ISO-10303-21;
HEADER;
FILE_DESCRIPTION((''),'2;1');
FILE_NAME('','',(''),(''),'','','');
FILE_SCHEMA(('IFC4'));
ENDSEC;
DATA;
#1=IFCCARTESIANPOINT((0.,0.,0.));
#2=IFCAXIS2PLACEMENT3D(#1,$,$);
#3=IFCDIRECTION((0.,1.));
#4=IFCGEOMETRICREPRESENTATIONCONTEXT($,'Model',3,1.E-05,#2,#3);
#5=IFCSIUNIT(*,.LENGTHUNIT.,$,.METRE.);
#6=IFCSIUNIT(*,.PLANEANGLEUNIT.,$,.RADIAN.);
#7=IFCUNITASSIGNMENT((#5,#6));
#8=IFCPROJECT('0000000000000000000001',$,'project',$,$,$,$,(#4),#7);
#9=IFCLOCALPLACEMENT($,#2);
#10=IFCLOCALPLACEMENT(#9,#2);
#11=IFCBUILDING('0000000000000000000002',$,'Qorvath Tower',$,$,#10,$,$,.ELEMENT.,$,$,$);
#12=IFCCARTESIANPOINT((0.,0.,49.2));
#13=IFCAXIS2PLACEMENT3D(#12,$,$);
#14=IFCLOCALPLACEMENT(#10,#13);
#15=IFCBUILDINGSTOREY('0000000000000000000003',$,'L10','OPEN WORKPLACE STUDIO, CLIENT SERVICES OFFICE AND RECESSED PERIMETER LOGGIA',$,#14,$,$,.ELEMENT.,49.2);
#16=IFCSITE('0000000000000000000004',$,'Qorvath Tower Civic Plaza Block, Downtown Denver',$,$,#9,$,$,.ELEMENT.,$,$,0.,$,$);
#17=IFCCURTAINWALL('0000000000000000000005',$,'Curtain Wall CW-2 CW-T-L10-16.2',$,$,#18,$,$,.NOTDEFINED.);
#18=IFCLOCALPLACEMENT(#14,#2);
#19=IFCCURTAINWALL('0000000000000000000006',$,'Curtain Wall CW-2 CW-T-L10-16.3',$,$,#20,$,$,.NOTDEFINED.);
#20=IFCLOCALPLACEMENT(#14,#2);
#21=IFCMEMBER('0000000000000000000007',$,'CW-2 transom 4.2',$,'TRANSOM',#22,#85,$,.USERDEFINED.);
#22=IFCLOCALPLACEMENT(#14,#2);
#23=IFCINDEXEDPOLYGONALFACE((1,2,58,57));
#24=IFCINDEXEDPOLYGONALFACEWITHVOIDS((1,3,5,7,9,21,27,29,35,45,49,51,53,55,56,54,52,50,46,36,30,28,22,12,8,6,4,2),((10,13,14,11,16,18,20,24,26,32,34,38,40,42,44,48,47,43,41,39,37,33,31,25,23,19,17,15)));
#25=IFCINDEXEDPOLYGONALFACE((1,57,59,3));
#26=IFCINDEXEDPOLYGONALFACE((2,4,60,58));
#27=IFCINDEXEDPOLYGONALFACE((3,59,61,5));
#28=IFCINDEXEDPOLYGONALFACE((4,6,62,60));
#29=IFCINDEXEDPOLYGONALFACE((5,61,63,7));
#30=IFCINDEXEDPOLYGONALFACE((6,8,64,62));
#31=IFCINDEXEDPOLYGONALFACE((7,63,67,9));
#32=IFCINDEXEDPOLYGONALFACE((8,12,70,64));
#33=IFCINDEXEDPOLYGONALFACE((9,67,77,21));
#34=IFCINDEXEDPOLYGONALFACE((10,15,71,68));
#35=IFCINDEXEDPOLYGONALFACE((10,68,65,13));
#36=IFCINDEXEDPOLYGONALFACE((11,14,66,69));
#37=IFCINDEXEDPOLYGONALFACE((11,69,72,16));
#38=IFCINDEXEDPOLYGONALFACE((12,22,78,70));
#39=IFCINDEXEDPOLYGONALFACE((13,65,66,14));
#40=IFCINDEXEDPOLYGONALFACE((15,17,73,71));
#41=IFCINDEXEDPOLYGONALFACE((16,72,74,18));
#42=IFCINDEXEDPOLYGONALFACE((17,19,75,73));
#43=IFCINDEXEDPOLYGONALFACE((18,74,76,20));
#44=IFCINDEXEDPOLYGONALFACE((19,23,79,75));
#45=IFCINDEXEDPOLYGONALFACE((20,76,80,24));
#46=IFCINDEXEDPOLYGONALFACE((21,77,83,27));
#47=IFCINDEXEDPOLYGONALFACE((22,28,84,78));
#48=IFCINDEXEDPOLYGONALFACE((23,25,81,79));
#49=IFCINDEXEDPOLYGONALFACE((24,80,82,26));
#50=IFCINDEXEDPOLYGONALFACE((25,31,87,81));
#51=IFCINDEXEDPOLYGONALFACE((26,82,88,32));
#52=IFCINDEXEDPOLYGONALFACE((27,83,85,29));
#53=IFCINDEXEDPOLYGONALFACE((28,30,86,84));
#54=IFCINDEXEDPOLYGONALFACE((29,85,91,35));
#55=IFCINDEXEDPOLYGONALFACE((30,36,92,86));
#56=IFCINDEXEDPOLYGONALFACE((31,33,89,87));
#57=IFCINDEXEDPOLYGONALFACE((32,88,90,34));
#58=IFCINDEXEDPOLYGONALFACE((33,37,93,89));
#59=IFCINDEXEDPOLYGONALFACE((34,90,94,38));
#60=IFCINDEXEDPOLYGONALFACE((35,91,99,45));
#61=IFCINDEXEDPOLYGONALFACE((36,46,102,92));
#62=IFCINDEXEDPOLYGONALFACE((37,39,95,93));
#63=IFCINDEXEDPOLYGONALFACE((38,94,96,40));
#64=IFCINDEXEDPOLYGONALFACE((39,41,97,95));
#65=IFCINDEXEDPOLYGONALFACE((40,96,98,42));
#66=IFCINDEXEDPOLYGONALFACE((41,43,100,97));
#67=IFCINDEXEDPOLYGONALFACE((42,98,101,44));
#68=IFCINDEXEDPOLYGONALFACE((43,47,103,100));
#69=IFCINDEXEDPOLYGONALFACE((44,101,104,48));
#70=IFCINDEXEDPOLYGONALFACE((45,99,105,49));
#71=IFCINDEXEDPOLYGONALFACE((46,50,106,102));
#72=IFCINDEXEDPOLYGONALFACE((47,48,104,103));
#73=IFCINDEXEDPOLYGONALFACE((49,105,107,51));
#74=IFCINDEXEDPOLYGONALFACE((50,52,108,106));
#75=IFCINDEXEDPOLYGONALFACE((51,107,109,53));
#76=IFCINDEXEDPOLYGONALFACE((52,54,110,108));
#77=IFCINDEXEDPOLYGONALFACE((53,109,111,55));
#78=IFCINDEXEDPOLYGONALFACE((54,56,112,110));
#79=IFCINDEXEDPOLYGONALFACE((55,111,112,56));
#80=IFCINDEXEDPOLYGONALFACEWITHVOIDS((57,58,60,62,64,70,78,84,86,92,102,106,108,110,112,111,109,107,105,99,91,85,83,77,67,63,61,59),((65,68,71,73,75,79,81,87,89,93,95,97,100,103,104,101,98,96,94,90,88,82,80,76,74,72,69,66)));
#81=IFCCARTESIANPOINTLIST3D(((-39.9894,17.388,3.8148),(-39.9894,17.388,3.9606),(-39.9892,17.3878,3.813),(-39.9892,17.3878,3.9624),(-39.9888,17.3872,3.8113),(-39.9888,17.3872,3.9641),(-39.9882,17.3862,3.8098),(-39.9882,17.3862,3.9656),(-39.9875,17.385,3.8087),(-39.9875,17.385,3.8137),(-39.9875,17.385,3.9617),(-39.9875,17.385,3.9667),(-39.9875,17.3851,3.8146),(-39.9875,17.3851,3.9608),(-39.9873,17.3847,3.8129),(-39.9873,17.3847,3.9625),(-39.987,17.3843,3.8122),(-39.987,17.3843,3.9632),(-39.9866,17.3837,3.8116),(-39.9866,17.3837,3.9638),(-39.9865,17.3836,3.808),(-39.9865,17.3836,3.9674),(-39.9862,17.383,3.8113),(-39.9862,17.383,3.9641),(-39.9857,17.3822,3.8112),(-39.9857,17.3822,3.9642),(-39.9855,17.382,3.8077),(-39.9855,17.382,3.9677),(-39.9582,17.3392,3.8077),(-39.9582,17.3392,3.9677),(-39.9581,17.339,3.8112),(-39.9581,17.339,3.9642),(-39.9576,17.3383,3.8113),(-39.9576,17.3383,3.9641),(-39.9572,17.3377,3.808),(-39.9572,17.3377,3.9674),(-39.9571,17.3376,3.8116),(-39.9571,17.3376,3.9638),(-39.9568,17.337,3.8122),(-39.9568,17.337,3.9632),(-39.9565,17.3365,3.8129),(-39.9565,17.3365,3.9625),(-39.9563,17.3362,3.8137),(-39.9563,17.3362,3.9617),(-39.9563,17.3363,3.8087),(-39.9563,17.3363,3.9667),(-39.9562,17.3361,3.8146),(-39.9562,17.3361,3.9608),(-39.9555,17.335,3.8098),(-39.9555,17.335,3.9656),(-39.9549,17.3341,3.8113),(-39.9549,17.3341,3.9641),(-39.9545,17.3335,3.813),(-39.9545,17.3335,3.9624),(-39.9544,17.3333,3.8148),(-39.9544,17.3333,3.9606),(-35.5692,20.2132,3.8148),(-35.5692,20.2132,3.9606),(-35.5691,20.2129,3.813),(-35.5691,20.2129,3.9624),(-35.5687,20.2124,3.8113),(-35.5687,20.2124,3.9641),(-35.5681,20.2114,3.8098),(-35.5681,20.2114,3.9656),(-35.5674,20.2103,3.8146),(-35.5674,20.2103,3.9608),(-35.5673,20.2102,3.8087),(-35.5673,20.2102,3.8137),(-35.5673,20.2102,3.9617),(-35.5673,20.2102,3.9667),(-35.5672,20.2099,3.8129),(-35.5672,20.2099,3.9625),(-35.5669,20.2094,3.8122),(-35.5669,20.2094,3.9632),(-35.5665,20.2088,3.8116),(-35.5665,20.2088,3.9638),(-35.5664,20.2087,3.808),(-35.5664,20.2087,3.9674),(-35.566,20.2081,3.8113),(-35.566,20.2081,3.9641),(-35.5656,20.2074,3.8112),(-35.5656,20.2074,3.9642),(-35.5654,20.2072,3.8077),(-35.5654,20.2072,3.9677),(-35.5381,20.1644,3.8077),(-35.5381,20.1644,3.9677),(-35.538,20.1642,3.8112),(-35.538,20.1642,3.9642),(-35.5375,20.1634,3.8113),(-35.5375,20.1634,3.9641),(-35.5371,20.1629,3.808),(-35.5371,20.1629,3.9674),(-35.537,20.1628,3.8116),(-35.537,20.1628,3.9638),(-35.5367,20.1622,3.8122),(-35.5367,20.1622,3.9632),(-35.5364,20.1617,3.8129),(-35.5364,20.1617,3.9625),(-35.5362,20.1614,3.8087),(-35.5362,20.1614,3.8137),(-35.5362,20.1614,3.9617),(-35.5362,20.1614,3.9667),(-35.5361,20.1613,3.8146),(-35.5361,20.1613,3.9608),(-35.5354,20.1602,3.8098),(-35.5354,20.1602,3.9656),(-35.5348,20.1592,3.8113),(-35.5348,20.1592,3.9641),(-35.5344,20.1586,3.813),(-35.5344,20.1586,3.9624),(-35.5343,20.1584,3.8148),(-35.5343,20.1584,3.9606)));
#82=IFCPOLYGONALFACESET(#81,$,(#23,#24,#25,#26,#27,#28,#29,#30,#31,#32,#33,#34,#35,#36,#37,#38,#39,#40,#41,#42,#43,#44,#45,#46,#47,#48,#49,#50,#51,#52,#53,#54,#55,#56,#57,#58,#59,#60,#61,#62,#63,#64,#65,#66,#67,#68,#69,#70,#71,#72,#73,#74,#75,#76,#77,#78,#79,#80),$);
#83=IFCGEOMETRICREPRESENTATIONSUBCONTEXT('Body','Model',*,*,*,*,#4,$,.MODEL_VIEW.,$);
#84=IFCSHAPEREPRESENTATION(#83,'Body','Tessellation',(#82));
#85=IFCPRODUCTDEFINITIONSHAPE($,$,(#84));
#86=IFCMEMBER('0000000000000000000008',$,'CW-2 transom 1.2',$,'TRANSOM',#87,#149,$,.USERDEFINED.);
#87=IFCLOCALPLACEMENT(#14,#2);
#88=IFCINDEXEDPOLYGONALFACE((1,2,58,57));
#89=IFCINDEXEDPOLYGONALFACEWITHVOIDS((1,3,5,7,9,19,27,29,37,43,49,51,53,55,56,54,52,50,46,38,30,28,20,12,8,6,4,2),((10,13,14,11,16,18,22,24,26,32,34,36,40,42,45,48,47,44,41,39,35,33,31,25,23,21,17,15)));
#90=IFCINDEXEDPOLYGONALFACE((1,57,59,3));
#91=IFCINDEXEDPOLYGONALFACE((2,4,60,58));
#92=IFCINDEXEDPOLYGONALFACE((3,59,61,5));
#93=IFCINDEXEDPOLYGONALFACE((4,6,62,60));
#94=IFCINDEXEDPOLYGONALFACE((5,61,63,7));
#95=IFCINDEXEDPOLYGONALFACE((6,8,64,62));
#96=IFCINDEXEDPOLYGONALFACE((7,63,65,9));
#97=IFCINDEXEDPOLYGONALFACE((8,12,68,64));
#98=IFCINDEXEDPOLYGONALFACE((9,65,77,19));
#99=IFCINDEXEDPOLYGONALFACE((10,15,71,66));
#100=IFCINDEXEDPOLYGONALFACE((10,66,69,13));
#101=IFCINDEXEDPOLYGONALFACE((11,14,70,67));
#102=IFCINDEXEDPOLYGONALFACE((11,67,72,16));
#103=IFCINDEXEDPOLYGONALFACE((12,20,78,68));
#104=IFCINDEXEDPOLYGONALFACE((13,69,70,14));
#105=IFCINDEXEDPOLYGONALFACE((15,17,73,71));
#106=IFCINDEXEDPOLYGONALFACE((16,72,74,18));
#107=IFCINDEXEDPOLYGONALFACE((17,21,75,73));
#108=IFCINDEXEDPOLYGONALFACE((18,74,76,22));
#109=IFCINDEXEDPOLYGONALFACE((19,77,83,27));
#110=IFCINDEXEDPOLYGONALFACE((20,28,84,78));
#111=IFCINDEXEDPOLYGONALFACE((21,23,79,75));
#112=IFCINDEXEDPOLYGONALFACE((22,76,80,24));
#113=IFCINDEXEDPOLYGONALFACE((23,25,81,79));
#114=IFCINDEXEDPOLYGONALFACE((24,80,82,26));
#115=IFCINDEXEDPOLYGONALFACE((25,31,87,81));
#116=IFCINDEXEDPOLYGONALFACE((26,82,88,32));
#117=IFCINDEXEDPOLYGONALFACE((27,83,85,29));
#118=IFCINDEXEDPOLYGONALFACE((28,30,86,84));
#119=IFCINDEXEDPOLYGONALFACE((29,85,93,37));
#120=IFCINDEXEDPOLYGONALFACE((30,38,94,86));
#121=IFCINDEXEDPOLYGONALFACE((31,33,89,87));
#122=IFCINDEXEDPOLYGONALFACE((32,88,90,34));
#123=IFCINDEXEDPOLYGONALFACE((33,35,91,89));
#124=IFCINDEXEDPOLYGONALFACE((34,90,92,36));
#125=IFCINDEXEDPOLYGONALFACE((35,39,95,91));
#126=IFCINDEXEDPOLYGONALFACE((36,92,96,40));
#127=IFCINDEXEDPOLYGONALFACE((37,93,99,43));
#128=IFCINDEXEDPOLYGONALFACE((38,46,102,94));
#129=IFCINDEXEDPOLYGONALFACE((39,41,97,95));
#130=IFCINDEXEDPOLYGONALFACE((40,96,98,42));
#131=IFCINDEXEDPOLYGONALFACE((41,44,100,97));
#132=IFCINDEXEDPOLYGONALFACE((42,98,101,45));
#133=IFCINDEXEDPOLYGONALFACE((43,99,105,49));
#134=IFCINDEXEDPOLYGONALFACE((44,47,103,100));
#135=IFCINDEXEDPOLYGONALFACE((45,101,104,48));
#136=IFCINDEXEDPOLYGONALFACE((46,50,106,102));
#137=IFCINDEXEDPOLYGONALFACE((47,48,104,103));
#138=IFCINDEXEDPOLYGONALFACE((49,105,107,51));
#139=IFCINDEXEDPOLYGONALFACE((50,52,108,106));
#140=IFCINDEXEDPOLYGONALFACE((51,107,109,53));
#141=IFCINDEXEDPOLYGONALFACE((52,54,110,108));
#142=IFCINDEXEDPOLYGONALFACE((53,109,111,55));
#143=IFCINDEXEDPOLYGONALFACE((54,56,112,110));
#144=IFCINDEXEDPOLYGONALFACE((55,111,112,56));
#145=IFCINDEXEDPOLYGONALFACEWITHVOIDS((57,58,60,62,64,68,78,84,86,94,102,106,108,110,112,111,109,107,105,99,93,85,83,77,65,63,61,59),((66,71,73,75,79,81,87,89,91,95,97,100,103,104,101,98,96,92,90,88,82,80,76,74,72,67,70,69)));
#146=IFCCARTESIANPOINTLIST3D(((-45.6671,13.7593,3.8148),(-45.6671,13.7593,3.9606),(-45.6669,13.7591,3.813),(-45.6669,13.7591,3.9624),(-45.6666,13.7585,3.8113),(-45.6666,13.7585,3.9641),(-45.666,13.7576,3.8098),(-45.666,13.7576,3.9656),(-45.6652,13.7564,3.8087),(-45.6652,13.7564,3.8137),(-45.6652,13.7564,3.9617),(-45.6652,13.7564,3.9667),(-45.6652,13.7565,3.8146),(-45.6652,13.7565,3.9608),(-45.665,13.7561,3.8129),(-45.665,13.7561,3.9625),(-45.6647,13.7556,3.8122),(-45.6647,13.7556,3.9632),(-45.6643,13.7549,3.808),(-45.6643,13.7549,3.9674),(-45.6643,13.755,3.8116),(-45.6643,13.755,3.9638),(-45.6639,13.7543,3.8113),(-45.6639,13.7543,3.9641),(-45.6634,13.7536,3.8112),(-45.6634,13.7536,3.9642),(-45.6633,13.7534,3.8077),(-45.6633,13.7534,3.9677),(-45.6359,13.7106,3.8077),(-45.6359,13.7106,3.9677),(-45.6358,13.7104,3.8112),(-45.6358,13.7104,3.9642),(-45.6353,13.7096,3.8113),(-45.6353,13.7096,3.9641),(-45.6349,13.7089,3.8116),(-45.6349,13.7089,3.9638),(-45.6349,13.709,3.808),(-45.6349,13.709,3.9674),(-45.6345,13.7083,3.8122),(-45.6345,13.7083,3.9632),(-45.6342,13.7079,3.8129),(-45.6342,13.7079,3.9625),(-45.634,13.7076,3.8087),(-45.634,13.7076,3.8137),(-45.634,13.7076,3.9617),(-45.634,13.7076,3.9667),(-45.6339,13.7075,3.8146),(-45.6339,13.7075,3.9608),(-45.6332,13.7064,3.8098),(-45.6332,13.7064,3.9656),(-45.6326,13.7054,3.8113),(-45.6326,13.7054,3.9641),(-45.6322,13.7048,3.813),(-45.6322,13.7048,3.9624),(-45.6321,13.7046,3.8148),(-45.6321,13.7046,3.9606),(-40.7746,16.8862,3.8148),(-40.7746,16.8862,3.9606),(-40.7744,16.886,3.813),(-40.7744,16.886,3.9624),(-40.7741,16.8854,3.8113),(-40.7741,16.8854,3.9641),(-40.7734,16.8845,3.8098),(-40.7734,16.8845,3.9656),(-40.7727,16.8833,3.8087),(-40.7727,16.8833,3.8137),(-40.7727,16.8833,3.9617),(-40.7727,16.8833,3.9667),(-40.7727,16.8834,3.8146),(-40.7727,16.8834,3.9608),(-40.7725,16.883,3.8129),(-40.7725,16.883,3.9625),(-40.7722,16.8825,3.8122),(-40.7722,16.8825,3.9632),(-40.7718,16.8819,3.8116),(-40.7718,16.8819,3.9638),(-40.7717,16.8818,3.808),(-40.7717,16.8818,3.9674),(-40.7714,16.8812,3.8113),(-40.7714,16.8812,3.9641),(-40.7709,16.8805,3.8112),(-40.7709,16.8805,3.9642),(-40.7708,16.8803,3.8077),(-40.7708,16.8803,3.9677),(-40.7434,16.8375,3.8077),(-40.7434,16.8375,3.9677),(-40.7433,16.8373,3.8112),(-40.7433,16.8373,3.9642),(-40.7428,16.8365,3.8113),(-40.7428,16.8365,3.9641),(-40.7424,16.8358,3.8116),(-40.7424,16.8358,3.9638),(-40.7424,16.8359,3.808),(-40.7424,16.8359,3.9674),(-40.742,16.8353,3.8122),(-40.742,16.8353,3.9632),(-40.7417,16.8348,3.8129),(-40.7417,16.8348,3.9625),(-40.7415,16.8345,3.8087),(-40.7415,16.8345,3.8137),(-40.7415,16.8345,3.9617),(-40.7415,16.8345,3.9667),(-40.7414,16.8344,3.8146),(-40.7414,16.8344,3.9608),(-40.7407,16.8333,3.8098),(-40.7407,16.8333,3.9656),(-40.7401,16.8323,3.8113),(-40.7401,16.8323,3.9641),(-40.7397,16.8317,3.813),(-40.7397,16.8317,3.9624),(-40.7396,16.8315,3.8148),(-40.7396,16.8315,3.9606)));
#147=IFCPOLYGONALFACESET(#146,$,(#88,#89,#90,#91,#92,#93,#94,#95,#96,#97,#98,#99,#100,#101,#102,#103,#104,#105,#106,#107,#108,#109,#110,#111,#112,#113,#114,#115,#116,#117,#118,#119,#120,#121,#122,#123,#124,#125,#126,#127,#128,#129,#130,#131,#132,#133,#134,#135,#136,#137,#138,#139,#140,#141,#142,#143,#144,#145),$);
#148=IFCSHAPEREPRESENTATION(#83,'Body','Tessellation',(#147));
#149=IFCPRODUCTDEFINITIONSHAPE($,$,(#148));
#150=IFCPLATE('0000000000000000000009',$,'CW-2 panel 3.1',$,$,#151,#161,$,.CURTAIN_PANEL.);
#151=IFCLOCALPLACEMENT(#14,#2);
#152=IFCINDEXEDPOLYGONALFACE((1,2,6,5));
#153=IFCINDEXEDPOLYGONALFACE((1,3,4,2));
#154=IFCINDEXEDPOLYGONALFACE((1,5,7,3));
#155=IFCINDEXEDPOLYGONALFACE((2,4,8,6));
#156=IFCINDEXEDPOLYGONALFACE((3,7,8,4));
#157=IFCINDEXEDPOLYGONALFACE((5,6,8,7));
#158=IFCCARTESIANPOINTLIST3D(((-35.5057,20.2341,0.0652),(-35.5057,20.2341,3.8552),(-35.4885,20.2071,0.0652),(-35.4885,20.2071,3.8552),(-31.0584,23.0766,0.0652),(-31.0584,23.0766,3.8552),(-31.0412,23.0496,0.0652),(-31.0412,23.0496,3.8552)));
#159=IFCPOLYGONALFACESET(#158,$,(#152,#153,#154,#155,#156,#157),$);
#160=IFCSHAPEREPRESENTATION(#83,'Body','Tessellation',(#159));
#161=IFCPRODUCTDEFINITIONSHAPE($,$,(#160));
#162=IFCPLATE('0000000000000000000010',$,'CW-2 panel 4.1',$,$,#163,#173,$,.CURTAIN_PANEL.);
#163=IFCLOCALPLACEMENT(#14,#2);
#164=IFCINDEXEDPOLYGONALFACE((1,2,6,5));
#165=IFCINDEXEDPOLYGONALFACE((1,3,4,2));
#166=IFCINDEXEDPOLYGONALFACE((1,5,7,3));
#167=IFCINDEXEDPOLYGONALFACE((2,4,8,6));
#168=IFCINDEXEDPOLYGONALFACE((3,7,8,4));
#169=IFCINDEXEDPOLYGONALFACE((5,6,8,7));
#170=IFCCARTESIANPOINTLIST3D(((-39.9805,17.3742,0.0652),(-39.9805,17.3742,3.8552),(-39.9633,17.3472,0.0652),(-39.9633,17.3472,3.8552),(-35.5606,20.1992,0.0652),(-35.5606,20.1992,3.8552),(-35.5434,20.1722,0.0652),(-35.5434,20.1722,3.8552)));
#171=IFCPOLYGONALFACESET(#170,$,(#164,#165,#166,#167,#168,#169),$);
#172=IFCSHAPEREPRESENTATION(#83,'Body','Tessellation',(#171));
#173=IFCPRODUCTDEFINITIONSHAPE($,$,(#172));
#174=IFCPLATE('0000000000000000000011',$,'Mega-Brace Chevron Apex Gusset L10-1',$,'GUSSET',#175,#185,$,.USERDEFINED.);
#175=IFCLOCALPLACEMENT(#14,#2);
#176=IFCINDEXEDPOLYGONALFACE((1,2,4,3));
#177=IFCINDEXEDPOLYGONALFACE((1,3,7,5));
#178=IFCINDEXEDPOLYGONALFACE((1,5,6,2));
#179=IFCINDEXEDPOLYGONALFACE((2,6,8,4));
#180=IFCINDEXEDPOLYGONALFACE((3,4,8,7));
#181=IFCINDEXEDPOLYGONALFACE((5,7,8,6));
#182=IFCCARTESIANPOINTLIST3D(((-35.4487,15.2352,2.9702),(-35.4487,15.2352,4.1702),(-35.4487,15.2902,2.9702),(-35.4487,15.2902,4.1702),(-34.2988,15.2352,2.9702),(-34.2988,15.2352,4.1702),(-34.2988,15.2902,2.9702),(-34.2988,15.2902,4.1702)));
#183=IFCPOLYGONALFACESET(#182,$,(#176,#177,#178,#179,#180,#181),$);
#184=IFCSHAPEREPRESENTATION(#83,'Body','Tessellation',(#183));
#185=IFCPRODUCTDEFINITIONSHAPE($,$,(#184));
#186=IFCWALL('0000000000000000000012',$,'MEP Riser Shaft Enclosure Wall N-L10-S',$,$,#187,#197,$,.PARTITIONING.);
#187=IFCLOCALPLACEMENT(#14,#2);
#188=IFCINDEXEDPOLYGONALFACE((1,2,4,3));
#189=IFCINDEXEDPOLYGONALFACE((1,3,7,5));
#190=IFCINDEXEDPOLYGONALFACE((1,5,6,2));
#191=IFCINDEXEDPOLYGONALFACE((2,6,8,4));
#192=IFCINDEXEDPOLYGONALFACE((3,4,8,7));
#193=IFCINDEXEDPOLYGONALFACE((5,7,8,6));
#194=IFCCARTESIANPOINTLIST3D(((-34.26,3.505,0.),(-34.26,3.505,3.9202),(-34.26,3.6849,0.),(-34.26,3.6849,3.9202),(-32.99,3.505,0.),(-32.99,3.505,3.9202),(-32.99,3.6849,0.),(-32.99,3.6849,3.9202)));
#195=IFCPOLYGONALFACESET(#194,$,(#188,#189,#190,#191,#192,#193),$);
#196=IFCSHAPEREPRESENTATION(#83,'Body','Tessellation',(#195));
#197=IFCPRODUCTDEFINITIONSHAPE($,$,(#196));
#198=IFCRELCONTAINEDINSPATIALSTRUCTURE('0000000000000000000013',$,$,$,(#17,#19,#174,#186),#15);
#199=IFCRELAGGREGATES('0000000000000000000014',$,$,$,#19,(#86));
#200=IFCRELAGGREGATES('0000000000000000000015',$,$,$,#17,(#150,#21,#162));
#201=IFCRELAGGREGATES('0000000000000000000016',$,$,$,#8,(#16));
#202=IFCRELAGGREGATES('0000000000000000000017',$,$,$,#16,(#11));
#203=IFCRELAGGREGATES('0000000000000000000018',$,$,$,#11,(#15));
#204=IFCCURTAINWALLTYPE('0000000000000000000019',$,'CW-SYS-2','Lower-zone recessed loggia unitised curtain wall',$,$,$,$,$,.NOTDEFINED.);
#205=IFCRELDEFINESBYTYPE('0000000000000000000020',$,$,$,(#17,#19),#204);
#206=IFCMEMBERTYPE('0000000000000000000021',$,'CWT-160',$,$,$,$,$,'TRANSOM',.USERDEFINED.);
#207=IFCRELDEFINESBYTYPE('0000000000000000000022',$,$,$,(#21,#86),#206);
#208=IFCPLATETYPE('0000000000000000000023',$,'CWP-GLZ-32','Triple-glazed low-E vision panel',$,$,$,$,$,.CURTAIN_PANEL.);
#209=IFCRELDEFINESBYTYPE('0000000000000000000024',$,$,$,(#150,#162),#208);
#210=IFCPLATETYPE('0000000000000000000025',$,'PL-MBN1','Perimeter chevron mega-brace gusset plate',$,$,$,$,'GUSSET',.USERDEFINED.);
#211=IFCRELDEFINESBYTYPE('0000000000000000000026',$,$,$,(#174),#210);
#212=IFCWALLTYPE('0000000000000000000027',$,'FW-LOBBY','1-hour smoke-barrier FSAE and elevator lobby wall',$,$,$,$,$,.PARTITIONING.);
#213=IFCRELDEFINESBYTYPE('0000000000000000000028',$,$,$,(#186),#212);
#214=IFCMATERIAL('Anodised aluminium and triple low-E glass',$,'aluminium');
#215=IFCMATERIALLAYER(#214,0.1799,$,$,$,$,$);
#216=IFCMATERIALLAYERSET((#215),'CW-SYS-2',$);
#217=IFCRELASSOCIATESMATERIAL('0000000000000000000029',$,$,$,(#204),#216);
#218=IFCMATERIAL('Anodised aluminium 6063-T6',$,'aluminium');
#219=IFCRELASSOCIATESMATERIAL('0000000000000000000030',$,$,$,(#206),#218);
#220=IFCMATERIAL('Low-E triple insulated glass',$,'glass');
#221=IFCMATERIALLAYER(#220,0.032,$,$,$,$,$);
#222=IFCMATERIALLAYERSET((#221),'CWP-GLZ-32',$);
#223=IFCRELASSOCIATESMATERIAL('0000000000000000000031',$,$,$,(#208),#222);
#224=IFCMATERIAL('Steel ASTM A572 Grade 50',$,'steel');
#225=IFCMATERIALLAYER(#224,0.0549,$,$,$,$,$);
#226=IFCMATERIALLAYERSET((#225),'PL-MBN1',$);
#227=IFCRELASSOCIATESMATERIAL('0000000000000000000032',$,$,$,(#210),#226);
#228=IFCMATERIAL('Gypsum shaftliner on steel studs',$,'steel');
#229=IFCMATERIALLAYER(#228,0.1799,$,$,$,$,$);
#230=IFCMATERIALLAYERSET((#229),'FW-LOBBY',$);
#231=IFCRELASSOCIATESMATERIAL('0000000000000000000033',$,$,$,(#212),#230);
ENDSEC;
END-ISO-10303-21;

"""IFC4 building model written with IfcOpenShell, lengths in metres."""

from ifc_helpers import new_model, si_unit, direction, frame, frame_2d, origin, origin_2d, place, context, subcontext, project, spatial, rectangle, hollow_rectangle, extrude, material, layer, layer_set, material_profile, profile_set, type_object, element, aggregate, save


model = new_model("IFC4")

# Units and contexts
model_context = context("Model", 3, precision=1e-05, world=origin(), true_north=direction((0.0, 1.0)))
body_context = subcontext(model_context, "Body", "Model", "MODEL_VIEW")
ifc_project = project(units=[si_unit("LENGTHUNIT", "METRE"), si_unit("PLANEANGLEUNIT", "RADIAN")], contexts=[model_context])

# Site, building, storey
site_placement = place(None, origin())
site = spatial("IfcSite", under=ifc_project, at=site_placement, Name="Qorvath Tower Civic Plaza Block, Downtown Denver", CompositionType="ELEMENT", RefElevation=0.0)
building_placement = place(site_placement, origin())
building = spatial("IfcBuilding", under=site, at=building_placement, Name="Qorvath Tower", CompositionType="ELEMENT")
storey_placement = place(building_placement, frame((0.0, 0.0, 49.2)))
storey = spatial("IfcBuildingStorey", under=building, at=storey_placement, Name="L10", Description="OPEN WORKPLACE STUDIO, CLIENT SERVICES OFFICE AND RECESSED PERIMETER LOGGIA", CompositionType="ELEMENT", Elevation=49.2)

# Curtain wall
ifc_material_1 = material(Name="Anodised aluminium and triple low-E glass", Category="aluminium")
ifc_layer_1 = layer(ifc_material_1, 0.1799)
ifc_layer_set_1 = layer_set([ifc_layer_1], Name="CW-SYS-2")
curtain_wall_type = type_object("IfcCurtainWallType", Name="CW-SYS-2", Description="Lower-zone recessed loggia unitised curtain wall", PredefinedType="NOTDEFINED", material=ifc_layer_set_1)
curtain_wall_1_placement = place(storey_placement, origin())
curtain_wall_1 = element("IfcCurtainWall", 1, at=curtain_wall_1_placement, inside=storey, type_object=curtain_wall_type, Name="Curtain Wall CW-2 CW-T-L10-16.2", PredefinedType="NOTDEFINED")

# Curtain wall
curtain_wall_2_placement = place(storey_placement, origin())
curtain_wall_2 = element("IfcCurtainWall", 2, at=curtain_wall_2_placement, inside=storey, type_object=curtain_wall_type, Name="Curtain Wall CW-2 CW-T-L10-16.3", PredefinedType="NOTDEFINED")

# Members
ifc_material_2 = material(Name="Anodised aluminium 6063-T6", Category="aluminium")
ifc_material_profile_1 = material_profile(ifc_material_2, hollow_rectangle(XDim=0.0649, YDim=0.1599, WallThickness=0.0034, InnerFilletRadius=0.0034, OuterFilletRadius=0.0071, at=origin_2d()), Name="CWT 160x65")
ifc_profile_set_1 = profile_set([ifc_material_profile_1], Name="Anodised aluminium 6063-T6")
member_type_1 = type_object("IfcMemberType", Name="CWT-160", ElementType="TRANSOM", PredefinedType="USERDEFINED", material=ifc_profile_set_1)
member_1_placement = place(storey_placement, frame((-35.5518, 20.1858, 3.8877), z_axis=(-0.842592, -0.538552, 0.0), x_axis=(0.538552, -0.842592, 0.0)))
member_1 = element("IfcMember", 3, at=member_1_placement, type_object=member_type_1, Name="CW-2 transom 4.2", ObjectType="TRANSOM", PredefinedType="USERDEFINED", context=body_context, shape_type="SweptSolid", body=[
    extrude(hollow_rectangle(XDim=0.0649, YDim=0.1599, WallThickness=0.0034, InnerFilletRadius=0.0034, OuterFilletRadius=0.0071, at=origin_2d()), origin(), (0.0, 0.0, 1.0), 5.2458),
])
member_2_placement = place(storey_placement, frame((-40.7571, 16.8589, 3.8877), z_axis=(-0.842607, -0.538529, 0.0), x_axis=(0.538529, -0.842607, 0.0)))
member_2 = element("IfcMember", 4, at=member_2_placement, type_object=member_type_1, Name="CW-2 transom 1.2", ObjectType="TRANSOM", PredefinedType="USERDEFINED", context=body_context, shape_type="SweptSolid", body=[
    extrude(hollow_rectangle(XDim=0.0649, YDim=0.1599, WallThickness=0.0034, InnerFilletRadius=0.0034, OuterFilletRadius=0.0071, at=origin_2d()), origin(), (0.0, 0.0, 1.0), 5.8064),
])
aggregate(curtain_wall_2, [member_2])

# Plates
ifc_material_3 = material(Name="Low-E triple insulated glass", Category="glass")
ifc_layer_2 = layer(ifc_material_3, 0.032)
ifc_layer_set_2 = layer_set([ifc_layer_2], Name="CWP-GLZ-32")
plate_type_1 = type_object("IfcPlateType", Name="CWP-GLZ-32", Description="Triple-glazed low-E vision panel", PredefinedType="CURTAIN_PANEL", material=ifc_layer_set_2)
plate_1_placement = place(storey_placement, frame((-33.2734, 21.6418, 0.0652), z_axis=(0.0, 0.0, 1.0), x_axis=(-0.842599, -0.538541, 0.0)))
plate_1 = element("IfcPlate", 5, at=plate_1_placement, type_object=plate_type_1, Name="CW-2 panel 3.1", PredefinedType="CURTAIN_PANEL", context=body_context, shape_type="SweptSolid", body=[
    extrude(rectangle(XDim=5.2781, YDim=0.032, at=origin_2d()), origin(), (0.0, 0.0, 1.0), 3.79),
])
plate_2_placement = place(storey_placement, frame((-37.762, 18.7732, 0.0652), z_axis=(0.0, 0.0, 1.0), x_axis=(-0.842599, -0.538541, 0.0)))
plate_2 = element("IfcPlate", 6, at=plate_2_placement, type_object=plate_type_1, Name="CW-2 panel 4.1", PredefinedType="CURTAIN_PANEL", context=body_context, shape_type="SweptSolid", body=[
    extrude(rectangle(XDim=5.2456, YDim=0.032, at=origin_2d()), origin(), (0.0, 0.0, 1.0), 3.79),
])
aggregate(curtain_wall_1, [plate_1, member_1, plate_2])
ifc_material_4 = material(Name="Steel ASTM A572 Grade 50", Category="steel")
ifc_layer_3 = layer(ifc_material_4, 0.0549)
ifc_layer_set_3 = layer_set([ifc_layer_3], Name="PL-MBN1")
plate_type_2 = type_object("IfcPlateType", Name="PL-MBN1", Description="Perimeter chevron mega-brace gusset plate", ElementType="GUSSET", PredefinedType="USERDEFINED", material=ifc_layer_set_3)
plate_3_placement = place(storey_placement, frame((-34.8738, 15.2627, 2.9702), z_axis=(0.0, 0.0, 1.0), x_axis=(1.0, 0.0, 0.0)))
element("IfcPlate", 7, at=plate_3_placement, inside=storey, type_object=plate_type_2, Name="Mega-Brace Chevron Apex Gusset L10-1", ObjectType="GUSSET", PredefinedType="USERDEFINED", context=body_context, shape_type="SweptSolid", body=[
    extrude(rectangle(XDim=1.1499, YDim=0.0549, at=origin_2d()), origin(), (0.0, 0.0, 1.0), 1.2),
])

# Wall
ifc_material_5 = material(Name="Gypsum shaftliner on steel studs", Category="steel")
ifc_layer_4 = layer(ifc_material_5, 0.1799)
ifc_layer_set_4 = layer_set([ifc_layer_4], Name="FW-LOBBY")
wall_type_1 = type_object("IfcWallType", Name="FW-LOBBY", Description="1-hour smoke-barrier FSAE and elevator lobby wall", PredefinedType="PARTITIONING", material=ifc_layer_set_4)
for number, where, z_axis, x_axis, name in (
    (8, (-32.99, 3.595, 0.0), (0.0, 0.0, 1.0), (-1.0, 0.0, 0.0), "MEP Riser Shaft Enclosure Wall N-L10-S"),
):
    element("IfcWall", number, at=place(storey_placement, frame(where, z_axis=z_axis, x_axis=x_axis)), inside=storey, type_object=wall_type_1, Name=name, PredefinedType="PARTITIONING", context=body_context, shape_type="SweptSolid", body=[
        extrude(rectangle(XDim=1.27, YDim=0.1799, at=frame_2d((0.635, 0.0))), origin(), (0.0, 0.0, 1.0), 3.9202),
    ])

save(model, "model.ifc")
